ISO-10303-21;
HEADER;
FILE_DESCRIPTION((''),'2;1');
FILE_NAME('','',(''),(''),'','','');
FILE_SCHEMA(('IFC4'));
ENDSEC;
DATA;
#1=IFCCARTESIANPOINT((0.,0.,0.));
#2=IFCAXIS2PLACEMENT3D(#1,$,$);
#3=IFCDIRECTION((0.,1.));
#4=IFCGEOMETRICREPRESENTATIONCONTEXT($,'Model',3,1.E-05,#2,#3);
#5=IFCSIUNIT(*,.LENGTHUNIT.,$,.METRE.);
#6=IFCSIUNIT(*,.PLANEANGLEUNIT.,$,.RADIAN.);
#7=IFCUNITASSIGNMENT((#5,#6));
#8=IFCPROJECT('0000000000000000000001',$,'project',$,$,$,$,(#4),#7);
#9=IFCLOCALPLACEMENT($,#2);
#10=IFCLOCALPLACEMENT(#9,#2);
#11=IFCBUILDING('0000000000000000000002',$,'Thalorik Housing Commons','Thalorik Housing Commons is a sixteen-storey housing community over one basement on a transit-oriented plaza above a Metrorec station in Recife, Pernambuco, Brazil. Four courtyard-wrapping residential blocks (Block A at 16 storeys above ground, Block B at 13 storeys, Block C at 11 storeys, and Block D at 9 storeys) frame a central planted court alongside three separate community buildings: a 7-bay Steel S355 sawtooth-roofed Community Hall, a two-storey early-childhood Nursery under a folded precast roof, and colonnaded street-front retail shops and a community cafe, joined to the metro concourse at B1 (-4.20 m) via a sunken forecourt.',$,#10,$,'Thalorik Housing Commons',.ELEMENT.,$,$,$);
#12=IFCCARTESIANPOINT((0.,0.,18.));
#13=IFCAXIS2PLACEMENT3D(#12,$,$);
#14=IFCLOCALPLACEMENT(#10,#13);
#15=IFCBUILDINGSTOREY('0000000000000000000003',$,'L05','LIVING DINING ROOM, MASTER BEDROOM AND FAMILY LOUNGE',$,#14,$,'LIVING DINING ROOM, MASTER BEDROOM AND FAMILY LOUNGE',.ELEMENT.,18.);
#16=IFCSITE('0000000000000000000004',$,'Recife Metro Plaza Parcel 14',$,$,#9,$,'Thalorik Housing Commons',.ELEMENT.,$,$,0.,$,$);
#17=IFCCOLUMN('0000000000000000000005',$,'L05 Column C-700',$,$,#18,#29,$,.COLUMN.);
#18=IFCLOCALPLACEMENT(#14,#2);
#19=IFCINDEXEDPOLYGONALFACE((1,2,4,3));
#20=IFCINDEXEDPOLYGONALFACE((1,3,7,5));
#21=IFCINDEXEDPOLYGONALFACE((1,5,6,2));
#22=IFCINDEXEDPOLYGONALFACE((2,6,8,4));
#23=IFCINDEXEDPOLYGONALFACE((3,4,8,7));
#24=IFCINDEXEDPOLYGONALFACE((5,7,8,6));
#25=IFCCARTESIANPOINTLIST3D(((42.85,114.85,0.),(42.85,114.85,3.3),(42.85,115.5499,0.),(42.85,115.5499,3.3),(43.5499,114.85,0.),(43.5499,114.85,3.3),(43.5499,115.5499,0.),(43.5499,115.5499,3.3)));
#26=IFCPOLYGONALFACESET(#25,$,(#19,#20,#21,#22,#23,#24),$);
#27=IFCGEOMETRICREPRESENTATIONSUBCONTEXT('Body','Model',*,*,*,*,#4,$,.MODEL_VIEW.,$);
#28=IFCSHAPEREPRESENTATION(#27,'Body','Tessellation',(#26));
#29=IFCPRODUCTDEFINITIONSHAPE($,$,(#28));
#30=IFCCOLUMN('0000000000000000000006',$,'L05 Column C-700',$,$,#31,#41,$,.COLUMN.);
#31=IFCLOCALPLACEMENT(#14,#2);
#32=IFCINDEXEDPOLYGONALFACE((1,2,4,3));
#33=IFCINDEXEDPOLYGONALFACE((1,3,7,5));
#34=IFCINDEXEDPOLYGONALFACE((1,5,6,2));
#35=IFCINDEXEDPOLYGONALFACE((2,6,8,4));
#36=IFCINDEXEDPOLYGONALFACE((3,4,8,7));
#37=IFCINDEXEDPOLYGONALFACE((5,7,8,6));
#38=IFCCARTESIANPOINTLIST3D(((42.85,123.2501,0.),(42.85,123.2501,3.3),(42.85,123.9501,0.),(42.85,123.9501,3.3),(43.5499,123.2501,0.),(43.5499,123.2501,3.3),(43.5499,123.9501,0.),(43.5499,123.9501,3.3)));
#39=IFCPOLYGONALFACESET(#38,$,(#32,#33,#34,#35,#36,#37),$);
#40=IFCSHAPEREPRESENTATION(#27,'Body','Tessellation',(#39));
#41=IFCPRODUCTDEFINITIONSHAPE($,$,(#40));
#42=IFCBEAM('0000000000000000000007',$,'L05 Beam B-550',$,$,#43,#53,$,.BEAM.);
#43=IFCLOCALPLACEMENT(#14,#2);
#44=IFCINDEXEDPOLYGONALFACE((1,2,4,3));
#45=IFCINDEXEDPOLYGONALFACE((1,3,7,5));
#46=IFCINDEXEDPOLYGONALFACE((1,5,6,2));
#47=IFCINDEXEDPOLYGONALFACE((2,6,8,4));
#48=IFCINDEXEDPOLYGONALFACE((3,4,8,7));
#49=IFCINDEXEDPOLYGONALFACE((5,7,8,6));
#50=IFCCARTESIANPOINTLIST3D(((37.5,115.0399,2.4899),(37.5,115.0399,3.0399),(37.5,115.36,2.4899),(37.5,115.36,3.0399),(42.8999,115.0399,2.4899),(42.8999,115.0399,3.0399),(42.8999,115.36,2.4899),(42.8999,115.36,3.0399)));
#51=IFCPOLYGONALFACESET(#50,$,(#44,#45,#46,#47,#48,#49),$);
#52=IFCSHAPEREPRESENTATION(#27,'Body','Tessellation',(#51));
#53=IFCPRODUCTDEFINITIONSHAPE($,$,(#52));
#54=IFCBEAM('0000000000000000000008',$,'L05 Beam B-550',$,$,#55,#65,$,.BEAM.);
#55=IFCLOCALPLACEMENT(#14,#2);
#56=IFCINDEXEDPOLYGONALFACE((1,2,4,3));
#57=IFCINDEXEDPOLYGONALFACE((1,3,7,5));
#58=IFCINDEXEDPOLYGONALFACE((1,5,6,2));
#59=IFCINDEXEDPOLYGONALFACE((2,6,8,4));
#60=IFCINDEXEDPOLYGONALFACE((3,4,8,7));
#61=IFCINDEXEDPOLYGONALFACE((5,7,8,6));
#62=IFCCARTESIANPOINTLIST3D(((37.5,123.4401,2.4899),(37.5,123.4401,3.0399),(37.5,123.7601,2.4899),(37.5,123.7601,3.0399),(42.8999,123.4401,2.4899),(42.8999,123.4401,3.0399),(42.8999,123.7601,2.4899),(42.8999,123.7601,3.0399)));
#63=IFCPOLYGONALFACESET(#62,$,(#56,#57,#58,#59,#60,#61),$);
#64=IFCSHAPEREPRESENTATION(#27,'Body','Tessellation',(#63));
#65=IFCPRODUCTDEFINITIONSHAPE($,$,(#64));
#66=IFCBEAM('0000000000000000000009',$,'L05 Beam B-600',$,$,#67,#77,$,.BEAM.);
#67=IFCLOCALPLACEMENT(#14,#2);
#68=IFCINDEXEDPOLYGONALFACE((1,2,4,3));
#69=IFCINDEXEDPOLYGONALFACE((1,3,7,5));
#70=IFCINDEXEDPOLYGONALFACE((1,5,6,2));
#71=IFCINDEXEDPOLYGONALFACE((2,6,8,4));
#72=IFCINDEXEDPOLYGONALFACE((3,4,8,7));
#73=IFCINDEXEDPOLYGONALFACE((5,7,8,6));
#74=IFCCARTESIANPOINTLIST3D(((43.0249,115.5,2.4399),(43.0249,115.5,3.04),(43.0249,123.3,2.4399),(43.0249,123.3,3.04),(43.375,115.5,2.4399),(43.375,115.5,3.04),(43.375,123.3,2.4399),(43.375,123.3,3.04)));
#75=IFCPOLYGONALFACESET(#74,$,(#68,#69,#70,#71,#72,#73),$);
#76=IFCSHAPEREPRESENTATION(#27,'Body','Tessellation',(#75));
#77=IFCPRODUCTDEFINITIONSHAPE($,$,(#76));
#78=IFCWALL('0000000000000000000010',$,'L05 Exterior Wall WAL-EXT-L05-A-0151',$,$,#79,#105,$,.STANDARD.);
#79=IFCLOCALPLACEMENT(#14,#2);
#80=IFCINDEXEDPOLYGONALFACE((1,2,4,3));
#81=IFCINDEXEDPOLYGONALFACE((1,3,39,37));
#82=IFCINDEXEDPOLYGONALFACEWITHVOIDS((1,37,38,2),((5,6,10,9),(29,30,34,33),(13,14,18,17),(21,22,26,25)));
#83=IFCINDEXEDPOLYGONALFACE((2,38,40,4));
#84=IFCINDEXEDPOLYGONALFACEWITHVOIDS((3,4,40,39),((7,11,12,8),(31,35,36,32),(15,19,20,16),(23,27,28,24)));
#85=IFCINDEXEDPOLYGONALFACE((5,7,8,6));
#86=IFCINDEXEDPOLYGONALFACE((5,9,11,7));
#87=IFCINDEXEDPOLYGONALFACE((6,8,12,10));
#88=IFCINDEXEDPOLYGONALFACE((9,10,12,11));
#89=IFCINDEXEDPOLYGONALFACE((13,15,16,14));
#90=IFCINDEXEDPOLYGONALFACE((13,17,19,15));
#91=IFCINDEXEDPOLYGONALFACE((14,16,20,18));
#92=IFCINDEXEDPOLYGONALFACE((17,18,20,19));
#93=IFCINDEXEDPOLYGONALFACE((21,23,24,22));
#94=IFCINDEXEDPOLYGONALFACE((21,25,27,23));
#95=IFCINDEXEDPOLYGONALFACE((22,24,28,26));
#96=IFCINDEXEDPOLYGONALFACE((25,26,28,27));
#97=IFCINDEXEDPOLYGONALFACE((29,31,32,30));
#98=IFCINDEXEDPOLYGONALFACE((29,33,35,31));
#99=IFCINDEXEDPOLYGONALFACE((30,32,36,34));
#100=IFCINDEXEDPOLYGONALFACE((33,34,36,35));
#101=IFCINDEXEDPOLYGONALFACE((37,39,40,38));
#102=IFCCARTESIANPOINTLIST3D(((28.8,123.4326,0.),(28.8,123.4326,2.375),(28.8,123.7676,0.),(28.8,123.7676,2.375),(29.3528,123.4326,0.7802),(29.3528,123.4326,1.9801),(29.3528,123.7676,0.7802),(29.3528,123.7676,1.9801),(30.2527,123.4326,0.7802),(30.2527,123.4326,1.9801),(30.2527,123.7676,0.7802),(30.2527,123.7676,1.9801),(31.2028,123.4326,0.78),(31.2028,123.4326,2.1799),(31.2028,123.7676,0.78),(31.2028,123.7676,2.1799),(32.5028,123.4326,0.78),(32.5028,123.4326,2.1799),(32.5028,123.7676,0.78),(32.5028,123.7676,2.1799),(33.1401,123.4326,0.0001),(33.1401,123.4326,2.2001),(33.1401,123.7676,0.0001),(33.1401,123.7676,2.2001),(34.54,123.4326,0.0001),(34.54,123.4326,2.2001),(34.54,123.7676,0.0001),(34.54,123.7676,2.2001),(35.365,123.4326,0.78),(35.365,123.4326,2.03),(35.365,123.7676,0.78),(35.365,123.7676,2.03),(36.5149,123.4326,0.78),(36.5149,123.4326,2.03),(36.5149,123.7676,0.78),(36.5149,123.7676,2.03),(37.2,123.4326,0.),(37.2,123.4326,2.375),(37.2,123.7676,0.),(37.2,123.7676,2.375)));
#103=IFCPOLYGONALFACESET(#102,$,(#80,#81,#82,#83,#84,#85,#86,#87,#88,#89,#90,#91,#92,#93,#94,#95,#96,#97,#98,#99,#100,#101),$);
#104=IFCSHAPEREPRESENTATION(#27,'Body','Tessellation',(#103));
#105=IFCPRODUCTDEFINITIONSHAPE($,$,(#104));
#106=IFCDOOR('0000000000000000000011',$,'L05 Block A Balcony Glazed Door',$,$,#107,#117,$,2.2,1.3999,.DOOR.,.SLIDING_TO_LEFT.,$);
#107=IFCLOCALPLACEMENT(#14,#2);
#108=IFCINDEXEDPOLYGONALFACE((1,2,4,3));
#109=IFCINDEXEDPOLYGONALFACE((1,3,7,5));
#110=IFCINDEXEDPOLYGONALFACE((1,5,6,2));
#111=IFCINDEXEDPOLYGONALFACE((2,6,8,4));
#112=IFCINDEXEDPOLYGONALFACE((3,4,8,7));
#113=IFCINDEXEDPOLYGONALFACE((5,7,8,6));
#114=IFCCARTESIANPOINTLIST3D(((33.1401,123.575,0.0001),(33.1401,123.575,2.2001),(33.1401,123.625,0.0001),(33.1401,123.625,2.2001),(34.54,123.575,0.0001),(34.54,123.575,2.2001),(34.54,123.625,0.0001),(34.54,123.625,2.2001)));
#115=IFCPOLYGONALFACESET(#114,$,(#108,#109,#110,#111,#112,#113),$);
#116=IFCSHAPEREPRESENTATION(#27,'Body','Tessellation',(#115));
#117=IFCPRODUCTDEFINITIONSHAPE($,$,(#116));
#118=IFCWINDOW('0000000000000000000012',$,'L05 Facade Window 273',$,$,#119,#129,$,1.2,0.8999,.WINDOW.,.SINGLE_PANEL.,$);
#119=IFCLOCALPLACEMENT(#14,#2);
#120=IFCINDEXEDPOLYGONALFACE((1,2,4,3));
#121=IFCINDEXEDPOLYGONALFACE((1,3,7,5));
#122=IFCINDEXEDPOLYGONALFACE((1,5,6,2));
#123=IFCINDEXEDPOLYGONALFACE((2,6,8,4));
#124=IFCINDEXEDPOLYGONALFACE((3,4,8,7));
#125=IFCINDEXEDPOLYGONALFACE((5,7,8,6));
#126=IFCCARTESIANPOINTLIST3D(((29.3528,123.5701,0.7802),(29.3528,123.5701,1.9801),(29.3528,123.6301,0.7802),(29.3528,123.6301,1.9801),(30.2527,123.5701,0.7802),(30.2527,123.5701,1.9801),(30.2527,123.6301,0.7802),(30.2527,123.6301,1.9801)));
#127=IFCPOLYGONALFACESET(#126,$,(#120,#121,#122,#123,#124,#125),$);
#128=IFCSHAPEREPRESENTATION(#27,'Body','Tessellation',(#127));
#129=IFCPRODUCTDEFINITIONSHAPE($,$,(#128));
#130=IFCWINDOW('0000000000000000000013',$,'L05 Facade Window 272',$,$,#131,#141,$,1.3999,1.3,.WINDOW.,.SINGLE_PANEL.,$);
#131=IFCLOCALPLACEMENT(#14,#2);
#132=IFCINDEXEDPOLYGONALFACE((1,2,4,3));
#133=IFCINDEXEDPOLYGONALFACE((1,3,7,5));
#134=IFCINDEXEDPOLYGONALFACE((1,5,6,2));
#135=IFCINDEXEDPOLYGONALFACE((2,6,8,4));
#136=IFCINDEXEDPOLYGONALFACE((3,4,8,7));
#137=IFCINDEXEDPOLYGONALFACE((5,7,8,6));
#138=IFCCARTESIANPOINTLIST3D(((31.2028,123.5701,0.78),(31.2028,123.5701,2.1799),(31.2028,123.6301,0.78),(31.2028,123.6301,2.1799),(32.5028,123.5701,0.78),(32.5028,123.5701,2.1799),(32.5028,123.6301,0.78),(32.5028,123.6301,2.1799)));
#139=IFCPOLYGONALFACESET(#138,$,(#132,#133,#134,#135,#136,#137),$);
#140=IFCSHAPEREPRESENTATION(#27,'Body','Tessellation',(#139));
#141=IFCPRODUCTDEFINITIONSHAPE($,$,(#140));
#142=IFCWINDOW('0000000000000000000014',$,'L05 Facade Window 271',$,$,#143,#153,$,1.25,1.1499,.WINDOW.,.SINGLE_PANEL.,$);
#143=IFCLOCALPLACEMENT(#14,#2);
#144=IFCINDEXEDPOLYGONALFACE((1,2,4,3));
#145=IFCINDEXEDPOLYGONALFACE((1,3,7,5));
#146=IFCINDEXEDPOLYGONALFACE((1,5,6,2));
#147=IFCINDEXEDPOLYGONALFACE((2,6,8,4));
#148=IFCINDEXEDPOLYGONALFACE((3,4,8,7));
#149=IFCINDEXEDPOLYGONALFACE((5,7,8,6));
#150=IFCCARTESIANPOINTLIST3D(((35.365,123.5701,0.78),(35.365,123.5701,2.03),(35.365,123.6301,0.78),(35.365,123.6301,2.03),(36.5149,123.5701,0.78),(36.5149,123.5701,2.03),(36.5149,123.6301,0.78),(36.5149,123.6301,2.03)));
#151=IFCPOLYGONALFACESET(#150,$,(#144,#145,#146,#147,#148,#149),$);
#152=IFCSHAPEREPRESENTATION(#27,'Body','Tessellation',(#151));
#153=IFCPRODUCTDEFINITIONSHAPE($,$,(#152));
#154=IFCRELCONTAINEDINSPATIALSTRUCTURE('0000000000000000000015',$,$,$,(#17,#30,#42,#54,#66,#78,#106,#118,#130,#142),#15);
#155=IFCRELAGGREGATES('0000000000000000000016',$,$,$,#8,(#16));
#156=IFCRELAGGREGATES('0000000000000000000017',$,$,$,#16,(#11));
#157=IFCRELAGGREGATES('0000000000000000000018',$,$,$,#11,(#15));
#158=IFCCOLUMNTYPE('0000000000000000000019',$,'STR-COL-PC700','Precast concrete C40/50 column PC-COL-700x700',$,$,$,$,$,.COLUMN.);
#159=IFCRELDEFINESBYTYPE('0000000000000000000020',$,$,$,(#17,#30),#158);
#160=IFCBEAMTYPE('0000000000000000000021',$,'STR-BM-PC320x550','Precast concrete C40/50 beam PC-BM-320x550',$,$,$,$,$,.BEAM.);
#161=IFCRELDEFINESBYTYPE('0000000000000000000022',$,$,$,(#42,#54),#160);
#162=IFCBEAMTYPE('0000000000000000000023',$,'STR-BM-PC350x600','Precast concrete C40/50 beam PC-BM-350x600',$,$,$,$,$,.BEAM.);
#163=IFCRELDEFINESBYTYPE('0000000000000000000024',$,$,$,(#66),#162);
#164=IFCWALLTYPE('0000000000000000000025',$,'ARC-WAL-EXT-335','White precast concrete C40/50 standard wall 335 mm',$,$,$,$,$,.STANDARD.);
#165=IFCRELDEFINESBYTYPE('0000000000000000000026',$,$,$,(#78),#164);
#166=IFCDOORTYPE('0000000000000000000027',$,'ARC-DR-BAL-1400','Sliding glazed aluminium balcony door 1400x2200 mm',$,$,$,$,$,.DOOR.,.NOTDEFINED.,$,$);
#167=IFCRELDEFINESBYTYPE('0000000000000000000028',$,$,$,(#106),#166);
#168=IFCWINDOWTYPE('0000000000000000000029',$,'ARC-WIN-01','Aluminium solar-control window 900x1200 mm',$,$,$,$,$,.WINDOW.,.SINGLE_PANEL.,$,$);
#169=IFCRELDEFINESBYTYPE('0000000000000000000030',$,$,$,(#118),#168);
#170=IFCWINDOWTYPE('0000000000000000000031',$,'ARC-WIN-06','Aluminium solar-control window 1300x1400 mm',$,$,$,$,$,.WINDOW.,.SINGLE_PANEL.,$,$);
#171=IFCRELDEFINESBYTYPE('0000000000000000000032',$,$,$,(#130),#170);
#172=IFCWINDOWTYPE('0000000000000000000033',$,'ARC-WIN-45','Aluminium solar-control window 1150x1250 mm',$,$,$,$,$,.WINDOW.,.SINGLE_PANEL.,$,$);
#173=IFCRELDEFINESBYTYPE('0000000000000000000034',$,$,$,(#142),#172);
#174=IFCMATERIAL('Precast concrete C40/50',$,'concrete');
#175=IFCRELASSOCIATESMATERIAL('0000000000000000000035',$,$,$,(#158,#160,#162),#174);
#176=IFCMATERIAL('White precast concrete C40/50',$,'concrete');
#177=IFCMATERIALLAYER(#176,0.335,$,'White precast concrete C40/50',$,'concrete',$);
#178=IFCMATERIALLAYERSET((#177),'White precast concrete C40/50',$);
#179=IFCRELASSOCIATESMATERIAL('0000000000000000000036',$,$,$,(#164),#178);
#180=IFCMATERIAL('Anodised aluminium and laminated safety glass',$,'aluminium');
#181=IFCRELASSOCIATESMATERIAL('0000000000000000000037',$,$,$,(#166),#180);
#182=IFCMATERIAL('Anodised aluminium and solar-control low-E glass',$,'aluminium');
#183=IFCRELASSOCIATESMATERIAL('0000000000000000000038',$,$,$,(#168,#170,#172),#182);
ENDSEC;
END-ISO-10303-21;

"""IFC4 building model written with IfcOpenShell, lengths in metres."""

from ifc_helpers import new_model, si_unit, direction, frame, frame_2d, origin, origin_2d, place, context, subcontext, project, spatial, rectangle, extrude, material, layer, layer_set, material_profile, profile_set, type_object, element, fill, save


model = new_model("IFC4")

# Units and contexts
model_context = context("Model", 3, precision=1e-05, world=origin(), true_north=direction((0.0, 1.0)))
body_context = subcontext(model_context, "Body", "Model", "MODEL_VIEW")
ifc_project = project(units=[si_unit("LENGTHUNIT", "METRE"), si_unit("PLANEANGLEUNIT", "RADIAN")], contexts=[model_context])

# Site, building, storey
site_placement = place(None, origin())
site = spatial("IfcSite", under=ifc_project, at=site_placement, Name="Recife Metro Plaza Parcel 14", LongName="Thalorik Housing Commons", CompositionType="ELEMENT", RefElevation=0.0)
building_placement = place(site_placement, origin())
building = spatial("IfcBuilding", under=site, at=building_placement, Name="Thalorik Housing Commons", Description="Thalorik Housing Commons is a sixteen-storey housing community over one basement on a transit-oriented plaza above a Metrorec station in Recife, Pernambuco, Brazil. Four courtyard-wrapping residential blocks (Block A at 16 storeys above ground, Block B at 13 storeys, Block C at 11 storeys, and Block D at 9 storeys) frame a central planted court alongside three separate community buildings: a 7-bay Steel S355 sawtooth-roofed Community Hall, a two-storey early-childhood Nursery under a folded precast roof, and colonnaded street-front retail shops and a community cafe, joined to the metro concourse at B1 (-4.20 m) via a sunken forecourt.", LongName="Thalorik Housing Commons", CompositionType="ELEMENT")
storey_placement = place(building_placement, frame((0.0, 0.0, 18.0)))
storey = spatial("IfcBuildingStorey", under=building, at=storey_placement, Name="L05", Description="LIVING DINING ROOM, MASTER BEDROOM AND FAMILY LOUNGE", LongName="LIVING DINING ROOM, MASTER BEDROOM AND FAMILY LOUNGE", CompositionType="ELEMENT", Elevation=18.0)

# Columns
ifc_material_1 = material(Name="Precast concrete C40/50", Category="concrete")
ifc_material_profile_1 = material_profile(ifc_material_1, rectangle(XDim=0.7, YDim=0.7, at=origin_2d()), Name="PC 700x700", Category="concrete")
ifc_profile_set_1 = profile_set([ifc_material_profile_1], Name="Precast concrete C40/50")
column_type = type_object("IfcColumnType", Name="STR-COL-PC700", Description="Precast concrete C40/50 column PC-COL-700x700", PredefinedType="COLUMN", material=ifc_profile_set_1)
for number, where, z_axis, x_axis, name in (
    (1, (43.2, 115.2, 0.0), (0.0, 0.0, 1.0), (1.0, 0.0, 0.0), "L05 Column C-700"),
    (2, (43.2, 123.6001, 0.0), (0.0, 0.0, 1.0), (1.0, 0.0, 0.0), "L05 Column C-700"),
):
    element("IfcColumn", number, at=place(storey_placement, frame(where, z_axis=z_axis, x_axis=x_axis)), inside=storey, type_object=column_type, Name=name, PredefinedType="COLUMN", context=body_context, shape_type="SweptSolid", body=[
        extrude(rectangle(XDim=0.7, YDim=0.7, at=origin_2d()), origin(), (0.0, 0.0, 1.0), 3.3),
    ])

# Beams
ifc_material_profile_2 = material_profile(ifc_material_1, rectangle(XDim=0.3201, YDim=0.55, at=origin_2d()), Name="PC 320x550", Category="concrete")
ifc_profile_set_2 = profile_set([ifc_material_profile_2], Name="Precast concrete C40/50")
beam_type_1 = type_object("IfcBeamType", Name="STR-BM-PC320x550", Description="Precast concrete C40/50 beam PC-BM-320x550", PredefinedType="BEAM", material=ifc_profile_set_2)
for number, where, z_axis, x_axis, name in (
    (3, (37.5, 115.2, 2.7649), (1.0, 0.0, 0.0), (0.0, 1.0, 0.0), "L05 Beam B-550"),
    (4, (37.5, 123.6001, 2.7649), (1.0, 0.0, 0.0), (0.0, 1.0, 0.0), "L05 Beam B-550"),
):
    element("IfcBeam", number, at=place(storey_placement, frame(where, z_axis=z_axis, x_axis=x_axis)), inside=storey, type_object=beam_type_1, Name=name, PredefinedType="BEAM", context=body_context, shape_type="SweptSolid", body=[
        extrude(rectangle(XDim=0.3201, YDim=0.55, at=origin_2d()), origin(), (0.0, 0.0, 1.0), 5.3999),
    ])
ifc_material_profile_3 = material_profile(ifc_material_1, rectangle(XDim=0.3501, YDim=0.6001, at=origin_2d()), Name="PC 350x600", Category="concrete")
ifc_profile_set_3 = profile_set([ifc_material_profile_3], Name="Precast concrete C40/50")
beam_type_2 = type_object("IfcBeamType", Name="STR-BM-PC350x600", Description="Precast concrete C40/50 beam PC-BM-350x600", PredefinedType="BEAM", material=ifc_profile_set_3)
beam_placement = place(storey_placement, frame((43.2, 115.5, 2.74), z_axis=(0.0, 1.0, 0.0), x_axis=(-1.0, 0.0, 0.0)))
element("IfcBeam", 5, at=beam_placement, inside=storey, type_object=beam_type_2, Name="L05 Beam B-600", PredefinedType="BEAM", context=body_context, shape_type="SweptSolid", body=[
    extrude(rectangle(XDim=0.3501, YDim=0.6001, at=origin_2d()), origin(), (0.0, 0.0, 1.0), 7.8),
])

# Wall, openings, door, windows
ifc_material_2 = material(Name="White precast concrete C40/50", Category="concrete")
ifc_layer_1 = layer(ifc_material_2, 0.335, Name="White precast concrete C40/50", Category="concrete")
ifc_layer_set_1 = layer_set([ifc_layer_1], Name="White precast concrete C40/50")
wall_type_1 = type_object("IfcWallType", Name="ARC-WAL-EXT-335", Description="White precast concrete C40/50 standard wall 335 mm", PredefinedType="STANDARD", material=ifc_layer_set_1)
wall_1_placement = place(storey_placement, frame((37.2, 123.6001, 0.0), z_axis=(0.0, 0.0, 1.0), x_axis=(-1.0, 0.0, 0.0)))
wall_1 = element("IfcWall", 6, at=wall_1_placement, inside=storey, type_object=wall_type_1, Name="L05 Exterior Wall WAL-EXT-L05-A-0151", PredefinedType="STANDARD", context=body_context, shape_type="SweptSolid", body=[
    extrude(rectangle(XDim=8.3999, YDim=0.335, at=frame_2d((4.2, 0.0))), origin(), (0.0, 0.0, 1.0), 2.375),
])
opening_1_placement = place(wall_1_placement, frame((2.6599, 0.0, 0.0)))
opening_1 = element("IfcOpeningElement", 7, at=opening_1_placement, cuts=wall_1, PredefinedType="OPENING", context=body_context, shape_type="SweptSolid", body=[
    extrude(rectangle(XDim=1.3999, YDim=2.2, at=frame_2d((0.7, 1.1001))), frame((0.0, 0.1775, 0.0), z_axis=(0.0, -1.0, 0.0), x_axis=(1.0, 0.0, 0.0)), (0.0, 0.0, 1.0), 0.355),
])
opening_2_placement = place(wall_1_placement, frame((0.6851, 0.0, 0.78)))
opening_2 = element("IfcOpeningElement", 8, at=opening_2_placement, cuts=wall_1, PredefinedType="OPENING", context=body_context, shape_type="SweptSolid", body=[
    extrude(rectangle(XDim=1.1499, YDim=1.25, at=frame_2d((0.575, 0.625))), frame((0.0, 0.1775, 0.0), z_axis=(0.0, -1.0, 0.0), x_axis=(1.0, 0.0, 0.0)), (0.0, 0.0, 1.0), 0.355),
])
opening_3_placement = place(wall_1_placement, frame((4.6973, 0.0, 0.78)))
opening_3 = element("IfcOpeningElement", 9, at=opening_3_placement, cuts=wall_1, PredefinedType="OPENING", context=body_context, shape_type="SweptSolid", body=[
    extrude(rectangle(XDim=1.3, YDim=1.3999, at=frame_2d((0.6499, 0.7))), frame((0.0, 0.1775, 0.0), z_axis=(0.0, -1.0, 0.0), x_axis=(1.0, 0.0, 0.0)), (0.0, 0.0, 1.0), 0.355),
])
opening_4_placement = place(wall_1_placement, frame((6.9473, 0.0, 0.78)))
opening_4 = element("IfcOpeningElement", 10, at=opening_4_placement, cuts=wall_1, PredefinedType="OPENING", context=body_context, shape_type="SweptSolid", body=[
    extrude(rectangle(XDim=0.8999, YDim=1.2, at=frame_2d((0.45, 0.6001))), frame((0.0, 0.1775, 0.0), z_axis=(0.0, -1.0, 0.0), x_axis=(1.0, 0.0, 0.0)), (0.0, 0.0, 1.0), 0.355),
])
ifc_material_3 = material(Name="Anodised aluminium and laminated safety glass", Category="aluminium")
door_type_1 = type_object("IfcDoorType", Name="ARC-DR-BAL-1400", Description="Sliding glazed aluminium balcony door 1400x2200 mm", OperationType="NOTDEFINED", PredefinedType="DOOR", material=ifc_material_3)
door_1_placement = place(opening_1_placement, frame((1.3999, 0.0, 0.0), z_axis=(0.0, 0.0, 1.0), x_axis=(-1.0, 0.0, 0.0)))
door_1 = element("IfcDoor", 11, at=door_1_placement, inside=storey, type_object=door_type_1, Name="L05 Block A Balcony Glazed Door", OperationType="SLIDING_TO_LEFT", OverallHeight=2.2, OverallWidth=1.3999, PredefinedType="DOOR", context=body_context, shape_type="SweptSolid", body=[
    extrude(rectangle(XDim=1.3999, YDim=2.2, at=frame_2d((0.7, 1.1001))), frame((0.0, 0.0249, 0.0), z_axis=(0.0, -1.0, 0.0), x_axis=(1.0, 0.0, 0.0)), (0.0, 0.0, 1.0), 0.05),
])
fill(opening_1, door_1)
ifc_material_4 = material(Name="Anodised aluminium and solar-control low-E glass", Category="aluminium")
window_type_1 = type_object("IfcWindowType", Name="ARC-WIN-01", Description="Aluminium solar-control window 900x1200 mm", PartitioningType="SINGLE_PANEL", PredefinedType="WINDOW", material=ifc_material_4)
window_1_placement = place(opening_4_placement, origin())
window_1 = element("IfcWindow", 12, at=window_1_placement, inside=storey, type_object=window_type_1, Name="L05 Facade Window 273", OverallHeight=1.2, OverallWidth=0.8999, PartitioningType="SINGLE_PANEL", PredefinedType="WINDOW", context=body_context, shape_type="SweptSolid", body=[
    extrude(rectangle(XDim=0.8999, YDim=1.2, at=frame_2d((0.45, 0.6001))), frame((0.0, 0.03, 0.0), z_axis=(0.0, -1.0, 0.0), x_axis=(1.0, 0.0, 0.0)), (0.0, 0.0, 1.0), 0.0601),
])
fill(opening_4, window_1)
window_type_2 = type_object("IfcWindowType", Name="ARC-WIN-06", Description="Aluminium solar-control window 1300x1400 mm", PartitioningType="SINGLE_PANEL", PredefinedType="WINDOW", material=ifc_material_4)
window_2_placement = place(opening_3_placement, origin())
window_2 = element("IfcWindow", 13, at=window_2_placement, inside=storey, type_object=window_type_2, Name="L05 Facade Window 272", OverallHeight=1.3999, OverallWidth=1.3, PartitioningType="SINGLE_PANEL", PredefinedType="WINDOW", context=body_context, shape_type="SweptSolid", body=[
    extrude(rectangle(XDim=1.3, YDim=1.3999, at=frame_2d((0.6499, 0.7))), frame((0.0, 0.03, 0.0), z_axis=(0.0, -1.0, 0.0), x_axis=(1.0, 0.0, 0.0)), (0.0, 0.0, 1.0), 0.0601),
])
fill(opening_3, window_2)
window_type_3 = type_object("IfcWindowType", Name="ARC-WIN-45", Description="Aluminium solar-control window 1150x1250 mm", PartitioningType="SINGLE_PANEL", PredefinedType="WINDOW", material=ifc_material_4)
window_3_placement = place(opening_2_placement, origin())
window_3 = element("IfcWindow", 14, at=window_3_placement, inside=storey, type_object=window_type_3, Name="L05 Facade Window 271", OverallHeight=1.25, OverallWidth=1.1499, PartitioningType="SINGLE_PANEL", PredefinedType="WINDOW", context=body_context, shape_type="SweptSolid", body=[
    extrude(rectangle(XDim=1.1499, YDim=1.25, at=frame_2d((0.575, 0.625))), frame((0.0, 0.03, 0.0), z_axis=(0.0, -1.0, 0.0), x_axis=(1.0, 0.0, 0.0)), (0.0, 0.0, 1.0), 0.0601),
])
fill(opening_2, window_3)

save(model, "model.ifc")
